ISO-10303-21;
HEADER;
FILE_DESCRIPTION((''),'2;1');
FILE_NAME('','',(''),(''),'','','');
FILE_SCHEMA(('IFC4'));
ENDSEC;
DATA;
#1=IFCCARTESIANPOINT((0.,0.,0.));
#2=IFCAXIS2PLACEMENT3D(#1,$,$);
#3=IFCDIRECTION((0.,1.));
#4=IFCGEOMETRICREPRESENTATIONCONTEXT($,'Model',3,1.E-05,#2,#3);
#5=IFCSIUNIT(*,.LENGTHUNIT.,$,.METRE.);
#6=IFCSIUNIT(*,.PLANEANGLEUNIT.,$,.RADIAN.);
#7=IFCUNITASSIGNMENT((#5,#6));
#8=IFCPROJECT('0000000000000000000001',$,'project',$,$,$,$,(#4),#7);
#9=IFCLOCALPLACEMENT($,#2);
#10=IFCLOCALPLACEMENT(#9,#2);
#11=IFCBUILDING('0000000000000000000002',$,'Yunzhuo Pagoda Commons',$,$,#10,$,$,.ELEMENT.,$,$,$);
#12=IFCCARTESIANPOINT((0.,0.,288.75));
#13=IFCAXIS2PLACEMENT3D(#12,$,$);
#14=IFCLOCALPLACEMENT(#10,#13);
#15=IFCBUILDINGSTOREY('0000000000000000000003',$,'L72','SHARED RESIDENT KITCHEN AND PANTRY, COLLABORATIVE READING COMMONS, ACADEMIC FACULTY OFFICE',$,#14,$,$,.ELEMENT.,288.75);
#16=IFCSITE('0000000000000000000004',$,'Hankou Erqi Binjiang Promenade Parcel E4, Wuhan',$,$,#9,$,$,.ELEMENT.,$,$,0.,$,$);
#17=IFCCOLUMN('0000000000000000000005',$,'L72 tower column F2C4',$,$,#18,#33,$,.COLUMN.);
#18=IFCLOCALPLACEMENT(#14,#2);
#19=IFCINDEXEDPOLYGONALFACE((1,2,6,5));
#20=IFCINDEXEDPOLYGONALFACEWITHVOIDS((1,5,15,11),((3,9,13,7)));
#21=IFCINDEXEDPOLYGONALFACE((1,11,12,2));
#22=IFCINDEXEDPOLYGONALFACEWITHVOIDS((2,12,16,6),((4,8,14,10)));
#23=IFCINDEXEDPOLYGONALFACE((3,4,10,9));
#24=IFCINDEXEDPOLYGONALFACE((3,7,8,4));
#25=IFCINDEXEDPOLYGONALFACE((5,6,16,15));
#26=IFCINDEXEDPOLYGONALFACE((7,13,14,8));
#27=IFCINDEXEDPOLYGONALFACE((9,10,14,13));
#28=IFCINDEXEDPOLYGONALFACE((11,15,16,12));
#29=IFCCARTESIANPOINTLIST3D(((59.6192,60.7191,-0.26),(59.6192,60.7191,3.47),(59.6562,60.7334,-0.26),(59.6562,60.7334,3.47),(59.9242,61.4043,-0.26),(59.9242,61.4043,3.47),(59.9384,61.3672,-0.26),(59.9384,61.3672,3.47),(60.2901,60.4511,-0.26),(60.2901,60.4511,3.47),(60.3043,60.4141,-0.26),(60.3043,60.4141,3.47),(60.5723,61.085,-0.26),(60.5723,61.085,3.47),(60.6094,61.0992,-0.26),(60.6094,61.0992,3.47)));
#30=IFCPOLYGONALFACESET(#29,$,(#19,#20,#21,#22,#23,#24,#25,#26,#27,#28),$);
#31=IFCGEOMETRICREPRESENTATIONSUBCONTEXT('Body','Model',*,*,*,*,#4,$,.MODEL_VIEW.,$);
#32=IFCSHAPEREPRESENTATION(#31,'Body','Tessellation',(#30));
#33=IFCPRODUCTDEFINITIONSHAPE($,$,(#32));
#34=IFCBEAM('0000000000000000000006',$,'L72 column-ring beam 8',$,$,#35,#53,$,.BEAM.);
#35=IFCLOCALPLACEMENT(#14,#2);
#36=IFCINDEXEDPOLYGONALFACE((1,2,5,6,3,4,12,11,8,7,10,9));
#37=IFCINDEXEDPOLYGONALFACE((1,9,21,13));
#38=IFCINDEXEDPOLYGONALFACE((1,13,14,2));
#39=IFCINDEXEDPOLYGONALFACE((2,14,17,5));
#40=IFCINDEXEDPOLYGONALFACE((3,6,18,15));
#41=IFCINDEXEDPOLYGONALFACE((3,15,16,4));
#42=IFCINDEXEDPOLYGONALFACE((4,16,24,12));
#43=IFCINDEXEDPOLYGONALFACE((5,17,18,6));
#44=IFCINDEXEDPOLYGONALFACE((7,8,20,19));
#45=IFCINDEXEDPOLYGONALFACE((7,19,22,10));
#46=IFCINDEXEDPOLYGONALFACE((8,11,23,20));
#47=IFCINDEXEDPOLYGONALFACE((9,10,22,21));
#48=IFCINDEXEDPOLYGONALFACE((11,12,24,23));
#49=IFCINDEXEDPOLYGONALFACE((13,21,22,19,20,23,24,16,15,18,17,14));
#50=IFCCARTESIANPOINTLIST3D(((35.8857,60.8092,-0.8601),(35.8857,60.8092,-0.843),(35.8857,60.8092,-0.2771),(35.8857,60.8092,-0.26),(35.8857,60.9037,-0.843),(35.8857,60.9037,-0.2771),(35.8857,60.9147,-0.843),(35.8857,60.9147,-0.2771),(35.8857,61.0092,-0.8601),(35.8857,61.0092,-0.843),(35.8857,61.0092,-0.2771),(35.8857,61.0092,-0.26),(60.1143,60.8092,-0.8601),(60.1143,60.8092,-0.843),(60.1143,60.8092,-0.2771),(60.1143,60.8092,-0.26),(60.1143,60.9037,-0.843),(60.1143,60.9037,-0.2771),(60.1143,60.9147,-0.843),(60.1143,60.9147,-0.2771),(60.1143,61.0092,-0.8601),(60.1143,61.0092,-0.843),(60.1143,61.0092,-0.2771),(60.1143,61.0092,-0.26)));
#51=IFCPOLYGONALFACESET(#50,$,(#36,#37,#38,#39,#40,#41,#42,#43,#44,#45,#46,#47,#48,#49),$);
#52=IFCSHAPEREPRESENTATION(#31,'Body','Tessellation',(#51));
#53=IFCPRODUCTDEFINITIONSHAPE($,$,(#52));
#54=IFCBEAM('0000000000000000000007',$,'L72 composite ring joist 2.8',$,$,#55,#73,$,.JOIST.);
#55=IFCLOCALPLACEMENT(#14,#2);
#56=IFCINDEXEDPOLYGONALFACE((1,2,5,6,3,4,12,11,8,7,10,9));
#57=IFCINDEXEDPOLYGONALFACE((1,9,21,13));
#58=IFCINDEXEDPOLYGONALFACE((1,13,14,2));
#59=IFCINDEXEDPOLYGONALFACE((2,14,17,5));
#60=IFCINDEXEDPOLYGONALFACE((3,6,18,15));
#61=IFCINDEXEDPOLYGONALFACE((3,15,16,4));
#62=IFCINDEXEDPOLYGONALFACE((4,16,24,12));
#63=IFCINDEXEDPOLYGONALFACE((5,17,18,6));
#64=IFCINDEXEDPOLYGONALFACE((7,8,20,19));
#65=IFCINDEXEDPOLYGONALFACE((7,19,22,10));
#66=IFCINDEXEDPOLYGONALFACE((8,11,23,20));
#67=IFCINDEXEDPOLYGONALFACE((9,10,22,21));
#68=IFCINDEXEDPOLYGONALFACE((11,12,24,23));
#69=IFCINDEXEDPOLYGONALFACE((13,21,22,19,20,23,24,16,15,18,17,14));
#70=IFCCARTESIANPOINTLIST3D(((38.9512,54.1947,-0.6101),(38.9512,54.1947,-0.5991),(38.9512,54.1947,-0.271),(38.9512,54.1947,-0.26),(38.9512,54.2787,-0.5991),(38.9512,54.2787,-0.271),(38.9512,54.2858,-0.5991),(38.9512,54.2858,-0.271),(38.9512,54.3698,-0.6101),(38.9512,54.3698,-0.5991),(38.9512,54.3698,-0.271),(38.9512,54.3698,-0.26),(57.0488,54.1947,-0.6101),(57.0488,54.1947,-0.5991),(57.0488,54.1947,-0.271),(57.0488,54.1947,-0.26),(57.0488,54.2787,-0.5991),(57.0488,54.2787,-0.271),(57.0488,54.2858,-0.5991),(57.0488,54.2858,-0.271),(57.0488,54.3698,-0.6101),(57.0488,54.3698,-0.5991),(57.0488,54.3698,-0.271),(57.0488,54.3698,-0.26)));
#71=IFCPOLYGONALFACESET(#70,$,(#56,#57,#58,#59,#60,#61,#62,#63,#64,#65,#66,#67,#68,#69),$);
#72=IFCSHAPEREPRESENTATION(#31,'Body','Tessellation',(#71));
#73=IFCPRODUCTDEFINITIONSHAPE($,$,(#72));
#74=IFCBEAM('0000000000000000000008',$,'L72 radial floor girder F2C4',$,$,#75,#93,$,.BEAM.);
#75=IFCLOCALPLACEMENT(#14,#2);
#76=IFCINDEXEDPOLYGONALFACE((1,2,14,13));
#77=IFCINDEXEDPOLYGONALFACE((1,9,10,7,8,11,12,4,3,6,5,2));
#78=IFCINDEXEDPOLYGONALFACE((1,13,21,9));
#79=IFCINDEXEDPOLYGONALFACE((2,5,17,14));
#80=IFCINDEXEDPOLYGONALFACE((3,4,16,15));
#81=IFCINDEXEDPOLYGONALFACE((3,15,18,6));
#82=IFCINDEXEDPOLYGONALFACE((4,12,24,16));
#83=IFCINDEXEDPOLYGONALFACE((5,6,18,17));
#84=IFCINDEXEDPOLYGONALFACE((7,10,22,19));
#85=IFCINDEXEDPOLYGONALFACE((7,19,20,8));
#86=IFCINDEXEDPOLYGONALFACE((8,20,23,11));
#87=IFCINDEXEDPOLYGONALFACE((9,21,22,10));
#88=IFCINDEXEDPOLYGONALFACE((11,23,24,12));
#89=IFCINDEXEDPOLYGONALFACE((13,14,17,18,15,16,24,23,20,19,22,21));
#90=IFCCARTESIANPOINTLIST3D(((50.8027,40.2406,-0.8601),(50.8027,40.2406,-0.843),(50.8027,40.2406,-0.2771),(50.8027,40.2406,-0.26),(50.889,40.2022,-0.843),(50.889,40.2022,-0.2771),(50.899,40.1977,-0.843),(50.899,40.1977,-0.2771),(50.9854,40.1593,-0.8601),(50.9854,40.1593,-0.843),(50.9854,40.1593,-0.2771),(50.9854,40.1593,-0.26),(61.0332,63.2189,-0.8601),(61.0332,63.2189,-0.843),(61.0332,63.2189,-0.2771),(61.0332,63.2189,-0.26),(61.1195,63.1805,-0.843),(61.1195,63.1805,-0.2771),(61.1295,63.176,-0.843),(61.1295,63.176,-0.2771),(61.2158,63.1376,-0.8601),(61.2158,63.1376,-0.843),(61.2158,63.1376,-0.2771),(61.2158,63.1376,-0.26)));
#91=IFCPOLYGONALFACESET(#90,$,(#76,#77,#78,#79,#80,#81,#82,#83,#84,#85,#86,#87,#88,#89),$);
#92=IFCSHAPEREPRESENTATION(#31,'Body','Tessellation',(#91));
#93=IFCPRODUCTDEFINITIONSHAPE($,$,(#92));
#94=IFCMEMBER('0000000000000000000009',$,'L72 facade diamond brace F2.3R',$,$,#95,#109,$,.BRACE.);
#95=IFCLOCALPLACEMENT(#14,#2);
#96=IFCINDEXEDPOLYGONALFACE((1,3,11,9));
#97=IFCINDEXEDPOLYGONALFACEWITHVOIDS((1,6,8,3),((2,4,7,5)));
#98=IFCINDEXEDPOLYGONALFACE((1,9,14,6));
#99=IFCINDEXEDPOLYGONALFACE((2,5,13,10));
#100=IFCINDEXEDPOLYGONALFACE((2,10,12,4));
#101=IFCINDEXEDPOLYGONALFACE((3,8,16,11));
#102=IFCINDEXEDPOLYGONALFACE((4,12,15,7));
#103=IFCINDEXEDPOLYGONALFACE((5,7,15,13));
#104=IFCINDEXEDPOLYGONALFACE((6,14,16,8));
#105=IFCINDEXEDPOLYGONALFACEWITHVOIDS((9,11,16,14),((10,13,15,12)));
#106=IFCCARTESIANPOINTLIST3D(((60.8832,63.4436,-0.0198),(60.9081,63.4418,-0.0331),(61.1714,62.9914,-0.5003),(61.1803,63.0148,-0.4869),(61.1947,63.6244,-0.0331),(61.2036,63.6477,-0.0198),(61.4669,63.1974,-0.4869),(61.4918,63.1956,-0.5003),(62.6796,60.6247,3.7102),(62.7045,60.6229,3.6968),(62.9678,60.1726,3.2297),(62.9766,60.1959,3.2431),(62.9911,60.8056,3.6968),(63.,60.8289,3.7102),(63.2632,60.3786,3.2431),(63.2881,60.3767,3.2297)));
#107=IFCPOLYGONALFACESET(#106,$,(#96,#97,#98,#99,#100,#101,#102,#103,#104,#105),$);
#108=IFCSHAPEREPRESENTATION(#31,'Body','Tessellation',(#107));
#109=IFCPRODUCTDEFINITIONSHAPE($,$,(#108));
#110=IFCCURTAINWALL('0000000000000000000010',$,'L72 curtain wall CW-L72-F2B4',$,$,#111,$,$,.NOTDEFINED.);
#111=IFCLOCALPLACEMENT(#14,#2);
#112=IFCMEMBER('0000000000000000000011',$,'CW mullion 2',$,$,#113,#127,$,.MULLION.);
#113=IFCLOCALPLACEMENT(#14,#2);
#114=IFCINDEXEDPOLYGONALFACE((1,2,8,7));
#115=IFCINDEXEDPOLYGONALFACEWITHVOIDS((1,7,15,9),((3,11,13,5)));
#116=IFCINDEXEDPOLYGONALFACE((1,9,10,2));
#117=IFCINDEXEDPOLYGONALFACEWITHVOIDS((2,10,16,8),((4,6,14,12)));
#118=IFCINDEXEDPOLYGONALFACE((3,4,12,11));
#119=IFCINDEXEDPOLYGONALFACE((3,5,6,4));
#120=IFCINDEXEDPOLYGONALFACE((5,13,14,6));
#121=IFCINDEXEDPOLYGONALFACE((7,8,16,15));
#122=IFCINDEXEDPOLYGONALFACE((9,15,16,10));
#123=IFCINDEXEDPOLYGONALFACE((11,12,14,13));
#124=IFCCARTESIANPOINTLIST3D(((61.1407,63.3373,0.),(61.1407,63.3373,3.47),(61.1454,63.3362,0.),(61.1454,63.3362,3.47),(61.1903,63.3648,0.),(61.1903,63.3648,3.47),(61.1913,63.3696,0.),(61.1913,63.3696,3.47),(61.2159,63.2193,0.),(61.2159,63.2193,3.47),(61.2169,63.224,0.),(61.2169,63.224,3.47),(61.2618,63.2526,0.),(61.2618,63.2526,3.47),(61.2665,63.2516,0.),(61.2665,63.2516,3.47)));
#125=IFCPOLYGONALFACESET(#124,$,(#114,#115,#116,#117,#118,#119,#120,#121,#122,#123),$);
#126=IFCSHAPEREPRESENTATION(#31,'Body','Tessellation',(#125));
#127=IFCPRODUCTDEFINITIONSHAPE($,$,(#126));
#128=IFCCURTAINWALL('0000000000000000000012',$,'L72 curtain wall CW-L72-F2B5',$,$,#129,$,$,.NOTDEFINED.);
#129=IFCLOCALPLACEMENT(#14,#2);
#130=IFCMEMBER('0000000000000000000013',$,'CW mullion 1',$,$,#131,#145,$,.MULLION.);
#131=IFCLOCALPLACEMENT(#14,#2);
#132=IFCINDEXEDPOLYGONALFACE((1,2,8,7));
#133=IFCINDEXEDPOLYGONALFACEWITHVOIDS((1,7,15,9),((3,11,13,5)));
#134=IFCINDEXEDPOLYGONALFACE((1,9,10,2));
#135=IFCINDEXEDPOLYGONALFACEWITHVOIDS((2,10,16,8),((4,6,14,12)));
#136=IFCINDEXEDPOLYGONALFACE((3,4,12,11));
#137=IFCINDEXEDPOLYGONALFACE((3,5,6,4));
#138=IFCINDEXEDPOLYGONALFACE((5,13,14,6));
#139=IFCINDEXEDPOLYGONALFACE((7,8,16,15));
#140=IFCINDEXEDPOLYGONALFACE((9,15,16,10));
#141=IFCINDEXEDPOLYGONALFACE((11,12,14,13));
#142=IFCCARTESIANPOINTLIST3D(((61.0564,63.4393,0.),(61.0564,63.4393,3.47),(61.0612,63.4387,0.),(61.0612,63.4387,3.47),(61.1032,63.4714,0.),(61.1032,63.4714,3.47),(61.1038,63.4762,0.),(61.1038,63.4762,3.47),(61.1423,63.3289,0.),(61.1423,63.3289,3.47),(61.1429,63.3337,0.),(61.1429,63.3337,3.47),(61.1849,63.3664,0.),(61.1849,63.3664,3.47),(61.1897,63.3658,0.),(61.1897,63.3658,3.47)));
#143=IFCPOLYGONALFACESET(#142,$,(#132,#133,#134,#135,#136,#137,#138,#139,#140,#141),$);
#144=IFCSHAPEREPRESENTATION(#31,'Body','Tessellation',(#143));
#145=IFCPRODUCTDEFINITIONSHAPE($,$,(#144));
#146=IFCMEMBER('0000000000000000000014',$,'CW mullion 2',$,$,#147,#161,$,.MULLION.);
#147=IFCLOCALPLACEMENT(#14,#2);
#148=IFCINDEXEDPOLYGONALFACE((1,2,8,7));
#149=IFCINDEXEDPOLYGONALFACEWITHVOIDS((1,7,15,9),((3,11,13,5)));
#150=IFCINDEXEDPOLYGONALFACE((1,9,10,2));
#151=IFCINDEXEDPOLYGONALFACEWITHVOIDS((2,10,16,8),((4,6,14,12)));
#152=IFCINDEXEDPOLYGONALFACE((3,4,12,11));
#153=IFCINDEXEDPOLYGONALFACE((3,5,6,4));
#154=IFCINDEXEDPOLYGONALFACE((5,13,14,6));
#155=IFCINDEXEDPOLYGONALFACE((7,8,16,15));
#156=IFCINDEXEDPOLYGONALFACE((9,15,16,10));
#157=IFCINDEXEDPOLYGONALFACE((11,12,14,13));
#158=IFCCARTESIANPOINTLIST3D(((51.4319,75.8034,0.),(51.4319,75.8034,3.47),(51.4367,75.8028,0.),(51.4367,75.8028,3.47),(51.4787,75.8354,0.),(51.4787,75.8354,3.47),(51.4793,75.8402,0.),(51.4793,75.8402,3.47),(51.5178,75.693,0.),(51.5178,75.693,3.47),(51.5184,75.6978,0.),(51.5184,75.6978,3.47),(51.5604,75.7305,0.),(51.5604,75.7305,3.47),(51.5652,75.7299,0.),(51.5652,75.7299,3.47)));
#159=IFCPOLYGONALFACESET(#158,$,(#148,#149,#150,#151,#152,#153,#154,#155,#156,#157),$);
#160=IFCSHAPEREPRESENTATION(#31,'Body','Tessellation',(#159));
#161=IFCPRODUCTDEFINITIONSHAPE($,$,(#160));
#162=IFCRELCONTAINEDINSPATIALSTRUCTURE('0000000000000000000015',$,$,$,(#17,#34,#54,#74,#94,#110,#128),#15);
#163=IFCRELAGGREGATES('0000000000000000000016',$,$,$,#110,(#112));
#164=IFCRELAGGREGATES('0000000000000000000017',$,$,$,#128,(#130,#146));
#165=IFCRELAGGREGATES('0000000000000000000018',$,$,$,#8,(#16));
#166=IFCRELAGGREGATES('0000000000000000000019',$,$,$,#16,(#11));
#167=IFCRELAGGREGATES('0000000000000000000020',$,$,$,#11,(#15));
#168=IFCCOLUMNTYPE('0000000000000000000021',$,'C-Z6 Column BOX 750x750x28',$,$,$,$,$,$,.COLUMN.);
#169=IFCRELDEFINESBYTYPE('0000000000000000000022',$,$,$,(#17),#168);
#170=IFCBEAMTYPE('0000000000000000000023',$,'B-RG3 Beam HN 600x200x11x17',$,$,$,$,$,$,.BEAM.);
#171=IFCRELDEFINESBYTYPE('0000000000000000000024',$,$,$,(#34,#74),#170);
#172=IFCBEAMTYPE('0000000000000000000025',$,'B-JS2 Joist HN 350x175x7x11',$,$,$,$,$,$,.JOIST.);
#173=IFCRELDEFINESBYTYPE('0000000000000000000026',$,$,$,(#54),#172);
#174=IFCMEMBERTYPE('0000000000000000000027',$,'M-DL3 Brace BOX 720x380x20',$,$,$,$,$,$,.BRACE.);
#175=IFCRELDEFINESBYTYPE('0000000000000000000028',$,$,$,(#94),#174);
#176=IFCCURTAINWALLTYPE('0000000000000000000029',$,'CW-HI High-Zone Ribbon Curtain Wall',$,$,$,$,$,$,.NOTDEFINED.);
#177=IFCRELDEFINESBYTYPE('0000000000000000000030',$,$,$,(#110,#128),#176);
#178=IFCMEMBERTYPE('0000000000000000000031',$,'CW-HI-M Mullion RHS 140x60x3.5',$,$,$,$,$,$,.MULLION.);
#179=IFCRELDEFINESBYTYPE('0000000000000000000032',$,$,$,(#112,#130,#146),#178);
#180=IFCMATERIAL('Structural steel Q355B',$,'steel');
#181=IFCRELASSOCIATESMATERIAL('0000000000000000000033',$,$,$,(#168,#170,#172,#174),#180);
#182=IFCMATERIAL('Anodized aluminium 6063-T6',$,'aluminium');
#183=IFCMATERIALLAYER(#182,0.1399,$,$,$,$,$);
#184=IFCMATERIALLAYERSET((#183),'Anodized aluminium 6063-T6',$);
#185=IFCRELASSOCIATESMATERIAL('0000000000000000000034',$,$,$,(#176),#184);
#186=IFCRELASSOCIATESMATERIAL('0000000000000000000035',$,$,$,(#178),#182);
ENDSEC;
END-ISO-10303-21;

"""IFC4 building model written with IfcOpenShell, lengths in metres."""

from ifc_helpers import new_model, si_unit, direction, frame, origin, origin_2d, place, context, subcontext, project, spatial, hollow_rectangle, i_section, extrude, source, transform, mapped, material, layer, layer_set, material_profile, profile_set, type_object, element, aggregate, save


model = new_model("IFC4")

# Units and contexts
model_context = context("Model", 3, precision=1e-05, world=origin(), true_north=direction((0.0, 1.0)))
body_context = subcontext(model_context, "Body", "Model", "MODEL_VIEW")
ifc_project = project(units=[si_unit("LENGTHUNIT", "METRE"), si_unit("PLANEANGLEUNIT", "RADIAN")], contexts=[model_context])

# Site, building, storey
site_placement = place(None, origin())
site = spatial("IfcSite", under=ifc_project, at=site_placement, Name="Hankou Erqi Binjiang Promenade Parcel E4, Wuhan", CompositionType="ELEMENT", RefElevation=0.0)
building_placement = place(site_placement, origin())
building = spatial("IfcBuilding", under=site, at=building_placement, Name="Yunzhuo Pagoda Commons", CompositionType="ELEMENT")
storey_placement = place(building_placement, frame((0.0, 0.0, 288.75)))
storey = spatial("IfcBuildingStorey", under=building, at=storey_placement, Name="L72", Description="SHARED RESIDENT KITCHEN AND PANTRY, COLLABORATIVE READING COMMONS, ACADEMIC FACULTY OFFICE", CompositionType="ELEMENT", Elevation=288.75)

# Column
ifc_material_1 = material(Name="Structural steel Q355B", Category="steel")
ifc_material_profile_1 = material_profile(ifc_material_1, hollow_rectangle(XDim=0.75, YDim=0.75, WallThickness=0.0281, at=origin_2d()), Name="Structural steel Q355B")
ifc_profile_set_1 = profile_set([ifc_material_profile_1], Name="Structural steel Q355B")
column_type = type_object("IfcColumnType", Name="C-Z6 Column BOX 750x750x28", PredefinedType="COLUMN", material=ifc_profile_set_1)
shared_shape_1 = source(origin(), body_context, "Body", "SweptSolid", [
    extrude(hollow_rectangle(XDim=0.75, YDim=0.75, WallThickness=0.0281, at=origin_2d()), origin(), (0.0, 0.0, 1.0), 3.73),
])
column_placement = place(storey_placement, frame((60.1143, 60.9092, -0.26), z_axis=(0.0, 0.0, 1.0), x_axis=(-0.913545, 0.406737, 0.0)))
element("IfcColumn", 1, at=column_placement, inside=storey, type_object=column_type, Name="L72 tower column F2C4", PredefinedType="COLUMN", context=body_context, shape_type="MappedRepresentation", body=[
    mapped(shared_shape_1, transform((0.0, 0.0, 0.0), scale=1.0)),
])

# Beams
ifc_material_profile_2 = material_profile(ifc_material_1, i_section(OverallWidth=0.2, OverallDepth=0.6001, WebThickness=0.011, FlangeThickness=0.0171, at=origin_2d()), Name="Structural steel Q355B")
ifc_profile_set_2 = profile_set([ifc_material_profile_2], Name="Structural steel Q355B")
beam_type_1 = type_object("IfcBeamType", Name="B-RG3 Beam HN 600x200x11x17", PredefinedType="BEAM", material=ifc_profile_set_2)
shared_shape_2 = source(origin(), body_context, "Body", "SweptSolid", [
    extrude(i_section(OverallWidth=0.2, OverallDepth=0.6001, WebThickness=0.011, FlangeThickness=0.0171, at=origin_2d()), origin(), (0.0, 0.0, 1.0), 24.2285),
])
beam_1_placement = place(storey_placement, frame((60.1143, 60.9092, -0.5601), z_axis=(-1.0, 0.0, 0.0), x_axis=(0.0, -1.0, 0.0)))
element("IfcBeam", 2, at=beam_1_placement, inside=storey, type_object=beam_type_1, Name="L72 column-ring beam 8", PredefinedType="BEAM", context=body_context, shape_type="MappedRepresentation", body=[
    mapped(shared_shape_2, transform((0.0, 0.0, 0.0), scale=1.0)),
])
ifc_material_profile_3 = material_profile(ifc_material_1, i_section(OverallWidth=0.175, OverallDepth=0.3501, WebThickness=0.0071, FlangeThickness=0.011, at=origin_2d()), Name="Structural steel Q355B")
ifc_profile_set_3 = profile_set([ifc_material_profile_3], Name="Structural steel Q355B")
beam_type_2 = type_object("IfcBeamType", Name="B-JS2 Joist HN 350x175x7x11", PredefinedType="JOIST", material=ifc_profile_set_3)
shared_shape_3 = source(origin(), body_context, "Body", "SweptSolid", [
    extrude(i_section(OverallWidth=0.175, OverallDepth=0.3501, WebThickness=0.0071, FlangeThickness=0.011, at=origin_2d()), origin(), (0.0, 0.0, 1.0), 18.0977),
])
beam_2_placement = place(storey_placement, frame((57.0488, 54.2822, -0.4351), z_axis=(-1.0, 0.0, 0.0), x_axis=(0.0, -1.0, 0.0)))
element("IfcBeam", 3, at=beam_2_placement, inside=storey, type_object=beam_type_2, Name="L72 composite ring joist 2.8", PredefinedType="JOIST", context=body_context, shape_type="MappedRepresentation", body=[
    mapped(shared_shape_3, transform((0.0, 0.0, 0.0), scale=1.0)),
])
shared_shape_4 = source(origin(), body_context, "Body", "SweptSolid", [
    extrude(i_section(OverallWidth=0.2, OverallDepth=0.6001, WebThickness=0.011, FlangeThickness=0.0171, at=origin_2d()), origin(), (0.0, 0.0, 1.0), 25.1528),
])
beam_3_placement = place(storey_placement, frame((61.1245, 63.1782, -0.5601), z_axis=(-0.406733, -0.913547, 0.0), x_axis=(0.913547, -0.406733, 0.0)))
element("IfcBeam", 4, at=beam_3_placement, inside=storey, type_object=beam_type_1, Name="L72 radial floor girder F2C4", PredefinedType="BEAM", context=body_context, shape_type="MappedRepresentation", body=[
    mapped(shared_shape_4, transform((0.0, 0.0, 0.0), scale=1.0)),
])

# Member
ifc_material_profile_4 = material_profile(ifc_material_1, hollow_rectangle(XDim=0.3799, YDim=0.72, WallThickness=0.02, at=origin_2d()), Name="Structural steel Q355B")
ifc_profile_set_4 = profile_set([ifc_material_profile_4], Name="Structural steel Q355B")
member_type_1 = type_object("IfcMemberType", Name="M-DL3 Brace BOX 720x380x20", PredefinedType="BRACE", material=ifc_profile_set_4)
shared_shape_5 = source(origin(), body_context, "Body", "SweptSolid", [
    extrude(hollow_rectangle(XDim=0.3799, YDim=0.72, WallThickness=0.02, at=origin_2d()), origin(), (0.0, 0.0, 1.0), 5.0085),
])
member_1_placement = place(storey_placement, frame((61.1875, 63.3196, -0.26), z_axis=(0.358663, -0.562806, 0.744721), x_axis=(0.843312, 0.537424, 0.0)))
element("IfcMember", 5, at=member_1_placement, inside=storey, type_object=member_type_1, Name="L72 facade diamond brace F2.3R", PredefinedType="BRACE", context=body_context, shape_type="MappedRepresentation", body=[
    mapped(shared_shape_5, transform((0.0, 0.0, 0.0), scale=1.0)),
])

# Curtain wall, member
ifc_material_2 = material(Name="Anodized aluminium 6063-T6", Category="aluminium")
ifc_layer_1 = layer(ifc_material_2, 0.1399)
ifc_layer_set_1 = layer_set([ifc_layer_1], Name="Anodized aluminium 6063-T6")
curtain_wall_type = type_object("IfcCurtainWallType", Name="CW-HI High-Zone Ribbon Curtain Wall", PredefinedType="NOTDEFINED", material=ifc_layer_set_1)
curtain_wall_1_placement = place(storey_placement, origin())
curtain_wall_1 = element("IfcCurtainWall", 6, at=curtain_wall_1_placement, inside=storey, type_object=curtain_wall_type, Name="L72 curtain wall CW-L72-F2B4", PredefinedType="NOTDEFINED")
ifc_material_profile_5 = material_profile(ifc_material_2, hollow_rectangle(XDim=0.0601, YDim=0.1399, WallThickness=0.0034, at=origin_2d()), Name="Anodized aluminium 6063-T6")
ifc_profile_set_5 = profile_set([ifc_material_profile_5], Name="Anodized aluminium 6063-T6")
member_type_2 = type_object("IfcMemberType", Name="CW-HI-M Mullion RHS 140x60x3.5", PredefinedType="MULLION", material=ifc_profile_set_5)
shared_shape_6 = source(origin(), body_context, "Body", "SweptSolid", [
    extrude(hollow_rectangle(XDim=0.0601, YDim=0.1399, WallThickness=0.0034, at=origin_2d()), origin(), (0.0, 0.0, 1.0), 3.47),
])
member_2_placement = place(storey_placement, frame((61.2036, 63.2944, 0.0), z_axis=(0.0, 0.0, 1.0), x_axis=(-0.84333, -0.537397, 0.0)))
member_2 = element("IfcMember", 7, at=member_2_placement, type_object=member_type_2, Name="CW mullion 2", PredefinedType="MULLION", context=body_context, shape_type="MappedRepresentation", body=[
    mapped(shared_shape_6, transform((0.0, 0.0, 0.0), scale=1.0)),
])

# Curtain wall, members
curtain_wall_2_placement = place(storey_placement, origin())
curtain_wall_2 = element("IfcCurtainWall", 8, at=curtain_wall_2_placement, inside=storey, type_object=curtain_wall_type, Name="L72 curtain wall CW-L72-F2B5", PredefinedType="NOTDEFINED")
member_3_placement = place(storey_placement, frame((61.123, 63.4026, 0.0), z_axis=(0.0, 0.0, 1.0), x_axis=(-0.789103, -0.614261, 0.0)))
member_3 = element("IfcMember", 9, at=member_3_placement, type_object=member_type_2, Name="CW mullion 1", PredefinedType="MULLION", context=body_context, shape_type="MappedRepresentation", body=[
    mapped(shared_shape_6, transform((0.0, 0.0, 0.0), scale=1.0)),
])
member_4_placement = place(storey_placement, frame((51.4985, 75.7666, 0.0), z_axis=(0.0, 0.0, 1.0), x_axis=(-0.789103, -0.614261, 0.0)))
member_4 = element("IfcMember", 10, at=member_4_placement, type_object=member_type_2, Name="CW mullion 2", PredefinedType="MULLION", context=body_context, shape_type="MappedRepresentation", body=[
    mapped(shared_shape_6, transform((0.0, 0.0, 0.0), scale=1.0)),
])

aggregate(curtain_wall_1, [member_2])

aggregate(curtain_wall_2, [member_3, member_4])

save(model, "model.ifc")
